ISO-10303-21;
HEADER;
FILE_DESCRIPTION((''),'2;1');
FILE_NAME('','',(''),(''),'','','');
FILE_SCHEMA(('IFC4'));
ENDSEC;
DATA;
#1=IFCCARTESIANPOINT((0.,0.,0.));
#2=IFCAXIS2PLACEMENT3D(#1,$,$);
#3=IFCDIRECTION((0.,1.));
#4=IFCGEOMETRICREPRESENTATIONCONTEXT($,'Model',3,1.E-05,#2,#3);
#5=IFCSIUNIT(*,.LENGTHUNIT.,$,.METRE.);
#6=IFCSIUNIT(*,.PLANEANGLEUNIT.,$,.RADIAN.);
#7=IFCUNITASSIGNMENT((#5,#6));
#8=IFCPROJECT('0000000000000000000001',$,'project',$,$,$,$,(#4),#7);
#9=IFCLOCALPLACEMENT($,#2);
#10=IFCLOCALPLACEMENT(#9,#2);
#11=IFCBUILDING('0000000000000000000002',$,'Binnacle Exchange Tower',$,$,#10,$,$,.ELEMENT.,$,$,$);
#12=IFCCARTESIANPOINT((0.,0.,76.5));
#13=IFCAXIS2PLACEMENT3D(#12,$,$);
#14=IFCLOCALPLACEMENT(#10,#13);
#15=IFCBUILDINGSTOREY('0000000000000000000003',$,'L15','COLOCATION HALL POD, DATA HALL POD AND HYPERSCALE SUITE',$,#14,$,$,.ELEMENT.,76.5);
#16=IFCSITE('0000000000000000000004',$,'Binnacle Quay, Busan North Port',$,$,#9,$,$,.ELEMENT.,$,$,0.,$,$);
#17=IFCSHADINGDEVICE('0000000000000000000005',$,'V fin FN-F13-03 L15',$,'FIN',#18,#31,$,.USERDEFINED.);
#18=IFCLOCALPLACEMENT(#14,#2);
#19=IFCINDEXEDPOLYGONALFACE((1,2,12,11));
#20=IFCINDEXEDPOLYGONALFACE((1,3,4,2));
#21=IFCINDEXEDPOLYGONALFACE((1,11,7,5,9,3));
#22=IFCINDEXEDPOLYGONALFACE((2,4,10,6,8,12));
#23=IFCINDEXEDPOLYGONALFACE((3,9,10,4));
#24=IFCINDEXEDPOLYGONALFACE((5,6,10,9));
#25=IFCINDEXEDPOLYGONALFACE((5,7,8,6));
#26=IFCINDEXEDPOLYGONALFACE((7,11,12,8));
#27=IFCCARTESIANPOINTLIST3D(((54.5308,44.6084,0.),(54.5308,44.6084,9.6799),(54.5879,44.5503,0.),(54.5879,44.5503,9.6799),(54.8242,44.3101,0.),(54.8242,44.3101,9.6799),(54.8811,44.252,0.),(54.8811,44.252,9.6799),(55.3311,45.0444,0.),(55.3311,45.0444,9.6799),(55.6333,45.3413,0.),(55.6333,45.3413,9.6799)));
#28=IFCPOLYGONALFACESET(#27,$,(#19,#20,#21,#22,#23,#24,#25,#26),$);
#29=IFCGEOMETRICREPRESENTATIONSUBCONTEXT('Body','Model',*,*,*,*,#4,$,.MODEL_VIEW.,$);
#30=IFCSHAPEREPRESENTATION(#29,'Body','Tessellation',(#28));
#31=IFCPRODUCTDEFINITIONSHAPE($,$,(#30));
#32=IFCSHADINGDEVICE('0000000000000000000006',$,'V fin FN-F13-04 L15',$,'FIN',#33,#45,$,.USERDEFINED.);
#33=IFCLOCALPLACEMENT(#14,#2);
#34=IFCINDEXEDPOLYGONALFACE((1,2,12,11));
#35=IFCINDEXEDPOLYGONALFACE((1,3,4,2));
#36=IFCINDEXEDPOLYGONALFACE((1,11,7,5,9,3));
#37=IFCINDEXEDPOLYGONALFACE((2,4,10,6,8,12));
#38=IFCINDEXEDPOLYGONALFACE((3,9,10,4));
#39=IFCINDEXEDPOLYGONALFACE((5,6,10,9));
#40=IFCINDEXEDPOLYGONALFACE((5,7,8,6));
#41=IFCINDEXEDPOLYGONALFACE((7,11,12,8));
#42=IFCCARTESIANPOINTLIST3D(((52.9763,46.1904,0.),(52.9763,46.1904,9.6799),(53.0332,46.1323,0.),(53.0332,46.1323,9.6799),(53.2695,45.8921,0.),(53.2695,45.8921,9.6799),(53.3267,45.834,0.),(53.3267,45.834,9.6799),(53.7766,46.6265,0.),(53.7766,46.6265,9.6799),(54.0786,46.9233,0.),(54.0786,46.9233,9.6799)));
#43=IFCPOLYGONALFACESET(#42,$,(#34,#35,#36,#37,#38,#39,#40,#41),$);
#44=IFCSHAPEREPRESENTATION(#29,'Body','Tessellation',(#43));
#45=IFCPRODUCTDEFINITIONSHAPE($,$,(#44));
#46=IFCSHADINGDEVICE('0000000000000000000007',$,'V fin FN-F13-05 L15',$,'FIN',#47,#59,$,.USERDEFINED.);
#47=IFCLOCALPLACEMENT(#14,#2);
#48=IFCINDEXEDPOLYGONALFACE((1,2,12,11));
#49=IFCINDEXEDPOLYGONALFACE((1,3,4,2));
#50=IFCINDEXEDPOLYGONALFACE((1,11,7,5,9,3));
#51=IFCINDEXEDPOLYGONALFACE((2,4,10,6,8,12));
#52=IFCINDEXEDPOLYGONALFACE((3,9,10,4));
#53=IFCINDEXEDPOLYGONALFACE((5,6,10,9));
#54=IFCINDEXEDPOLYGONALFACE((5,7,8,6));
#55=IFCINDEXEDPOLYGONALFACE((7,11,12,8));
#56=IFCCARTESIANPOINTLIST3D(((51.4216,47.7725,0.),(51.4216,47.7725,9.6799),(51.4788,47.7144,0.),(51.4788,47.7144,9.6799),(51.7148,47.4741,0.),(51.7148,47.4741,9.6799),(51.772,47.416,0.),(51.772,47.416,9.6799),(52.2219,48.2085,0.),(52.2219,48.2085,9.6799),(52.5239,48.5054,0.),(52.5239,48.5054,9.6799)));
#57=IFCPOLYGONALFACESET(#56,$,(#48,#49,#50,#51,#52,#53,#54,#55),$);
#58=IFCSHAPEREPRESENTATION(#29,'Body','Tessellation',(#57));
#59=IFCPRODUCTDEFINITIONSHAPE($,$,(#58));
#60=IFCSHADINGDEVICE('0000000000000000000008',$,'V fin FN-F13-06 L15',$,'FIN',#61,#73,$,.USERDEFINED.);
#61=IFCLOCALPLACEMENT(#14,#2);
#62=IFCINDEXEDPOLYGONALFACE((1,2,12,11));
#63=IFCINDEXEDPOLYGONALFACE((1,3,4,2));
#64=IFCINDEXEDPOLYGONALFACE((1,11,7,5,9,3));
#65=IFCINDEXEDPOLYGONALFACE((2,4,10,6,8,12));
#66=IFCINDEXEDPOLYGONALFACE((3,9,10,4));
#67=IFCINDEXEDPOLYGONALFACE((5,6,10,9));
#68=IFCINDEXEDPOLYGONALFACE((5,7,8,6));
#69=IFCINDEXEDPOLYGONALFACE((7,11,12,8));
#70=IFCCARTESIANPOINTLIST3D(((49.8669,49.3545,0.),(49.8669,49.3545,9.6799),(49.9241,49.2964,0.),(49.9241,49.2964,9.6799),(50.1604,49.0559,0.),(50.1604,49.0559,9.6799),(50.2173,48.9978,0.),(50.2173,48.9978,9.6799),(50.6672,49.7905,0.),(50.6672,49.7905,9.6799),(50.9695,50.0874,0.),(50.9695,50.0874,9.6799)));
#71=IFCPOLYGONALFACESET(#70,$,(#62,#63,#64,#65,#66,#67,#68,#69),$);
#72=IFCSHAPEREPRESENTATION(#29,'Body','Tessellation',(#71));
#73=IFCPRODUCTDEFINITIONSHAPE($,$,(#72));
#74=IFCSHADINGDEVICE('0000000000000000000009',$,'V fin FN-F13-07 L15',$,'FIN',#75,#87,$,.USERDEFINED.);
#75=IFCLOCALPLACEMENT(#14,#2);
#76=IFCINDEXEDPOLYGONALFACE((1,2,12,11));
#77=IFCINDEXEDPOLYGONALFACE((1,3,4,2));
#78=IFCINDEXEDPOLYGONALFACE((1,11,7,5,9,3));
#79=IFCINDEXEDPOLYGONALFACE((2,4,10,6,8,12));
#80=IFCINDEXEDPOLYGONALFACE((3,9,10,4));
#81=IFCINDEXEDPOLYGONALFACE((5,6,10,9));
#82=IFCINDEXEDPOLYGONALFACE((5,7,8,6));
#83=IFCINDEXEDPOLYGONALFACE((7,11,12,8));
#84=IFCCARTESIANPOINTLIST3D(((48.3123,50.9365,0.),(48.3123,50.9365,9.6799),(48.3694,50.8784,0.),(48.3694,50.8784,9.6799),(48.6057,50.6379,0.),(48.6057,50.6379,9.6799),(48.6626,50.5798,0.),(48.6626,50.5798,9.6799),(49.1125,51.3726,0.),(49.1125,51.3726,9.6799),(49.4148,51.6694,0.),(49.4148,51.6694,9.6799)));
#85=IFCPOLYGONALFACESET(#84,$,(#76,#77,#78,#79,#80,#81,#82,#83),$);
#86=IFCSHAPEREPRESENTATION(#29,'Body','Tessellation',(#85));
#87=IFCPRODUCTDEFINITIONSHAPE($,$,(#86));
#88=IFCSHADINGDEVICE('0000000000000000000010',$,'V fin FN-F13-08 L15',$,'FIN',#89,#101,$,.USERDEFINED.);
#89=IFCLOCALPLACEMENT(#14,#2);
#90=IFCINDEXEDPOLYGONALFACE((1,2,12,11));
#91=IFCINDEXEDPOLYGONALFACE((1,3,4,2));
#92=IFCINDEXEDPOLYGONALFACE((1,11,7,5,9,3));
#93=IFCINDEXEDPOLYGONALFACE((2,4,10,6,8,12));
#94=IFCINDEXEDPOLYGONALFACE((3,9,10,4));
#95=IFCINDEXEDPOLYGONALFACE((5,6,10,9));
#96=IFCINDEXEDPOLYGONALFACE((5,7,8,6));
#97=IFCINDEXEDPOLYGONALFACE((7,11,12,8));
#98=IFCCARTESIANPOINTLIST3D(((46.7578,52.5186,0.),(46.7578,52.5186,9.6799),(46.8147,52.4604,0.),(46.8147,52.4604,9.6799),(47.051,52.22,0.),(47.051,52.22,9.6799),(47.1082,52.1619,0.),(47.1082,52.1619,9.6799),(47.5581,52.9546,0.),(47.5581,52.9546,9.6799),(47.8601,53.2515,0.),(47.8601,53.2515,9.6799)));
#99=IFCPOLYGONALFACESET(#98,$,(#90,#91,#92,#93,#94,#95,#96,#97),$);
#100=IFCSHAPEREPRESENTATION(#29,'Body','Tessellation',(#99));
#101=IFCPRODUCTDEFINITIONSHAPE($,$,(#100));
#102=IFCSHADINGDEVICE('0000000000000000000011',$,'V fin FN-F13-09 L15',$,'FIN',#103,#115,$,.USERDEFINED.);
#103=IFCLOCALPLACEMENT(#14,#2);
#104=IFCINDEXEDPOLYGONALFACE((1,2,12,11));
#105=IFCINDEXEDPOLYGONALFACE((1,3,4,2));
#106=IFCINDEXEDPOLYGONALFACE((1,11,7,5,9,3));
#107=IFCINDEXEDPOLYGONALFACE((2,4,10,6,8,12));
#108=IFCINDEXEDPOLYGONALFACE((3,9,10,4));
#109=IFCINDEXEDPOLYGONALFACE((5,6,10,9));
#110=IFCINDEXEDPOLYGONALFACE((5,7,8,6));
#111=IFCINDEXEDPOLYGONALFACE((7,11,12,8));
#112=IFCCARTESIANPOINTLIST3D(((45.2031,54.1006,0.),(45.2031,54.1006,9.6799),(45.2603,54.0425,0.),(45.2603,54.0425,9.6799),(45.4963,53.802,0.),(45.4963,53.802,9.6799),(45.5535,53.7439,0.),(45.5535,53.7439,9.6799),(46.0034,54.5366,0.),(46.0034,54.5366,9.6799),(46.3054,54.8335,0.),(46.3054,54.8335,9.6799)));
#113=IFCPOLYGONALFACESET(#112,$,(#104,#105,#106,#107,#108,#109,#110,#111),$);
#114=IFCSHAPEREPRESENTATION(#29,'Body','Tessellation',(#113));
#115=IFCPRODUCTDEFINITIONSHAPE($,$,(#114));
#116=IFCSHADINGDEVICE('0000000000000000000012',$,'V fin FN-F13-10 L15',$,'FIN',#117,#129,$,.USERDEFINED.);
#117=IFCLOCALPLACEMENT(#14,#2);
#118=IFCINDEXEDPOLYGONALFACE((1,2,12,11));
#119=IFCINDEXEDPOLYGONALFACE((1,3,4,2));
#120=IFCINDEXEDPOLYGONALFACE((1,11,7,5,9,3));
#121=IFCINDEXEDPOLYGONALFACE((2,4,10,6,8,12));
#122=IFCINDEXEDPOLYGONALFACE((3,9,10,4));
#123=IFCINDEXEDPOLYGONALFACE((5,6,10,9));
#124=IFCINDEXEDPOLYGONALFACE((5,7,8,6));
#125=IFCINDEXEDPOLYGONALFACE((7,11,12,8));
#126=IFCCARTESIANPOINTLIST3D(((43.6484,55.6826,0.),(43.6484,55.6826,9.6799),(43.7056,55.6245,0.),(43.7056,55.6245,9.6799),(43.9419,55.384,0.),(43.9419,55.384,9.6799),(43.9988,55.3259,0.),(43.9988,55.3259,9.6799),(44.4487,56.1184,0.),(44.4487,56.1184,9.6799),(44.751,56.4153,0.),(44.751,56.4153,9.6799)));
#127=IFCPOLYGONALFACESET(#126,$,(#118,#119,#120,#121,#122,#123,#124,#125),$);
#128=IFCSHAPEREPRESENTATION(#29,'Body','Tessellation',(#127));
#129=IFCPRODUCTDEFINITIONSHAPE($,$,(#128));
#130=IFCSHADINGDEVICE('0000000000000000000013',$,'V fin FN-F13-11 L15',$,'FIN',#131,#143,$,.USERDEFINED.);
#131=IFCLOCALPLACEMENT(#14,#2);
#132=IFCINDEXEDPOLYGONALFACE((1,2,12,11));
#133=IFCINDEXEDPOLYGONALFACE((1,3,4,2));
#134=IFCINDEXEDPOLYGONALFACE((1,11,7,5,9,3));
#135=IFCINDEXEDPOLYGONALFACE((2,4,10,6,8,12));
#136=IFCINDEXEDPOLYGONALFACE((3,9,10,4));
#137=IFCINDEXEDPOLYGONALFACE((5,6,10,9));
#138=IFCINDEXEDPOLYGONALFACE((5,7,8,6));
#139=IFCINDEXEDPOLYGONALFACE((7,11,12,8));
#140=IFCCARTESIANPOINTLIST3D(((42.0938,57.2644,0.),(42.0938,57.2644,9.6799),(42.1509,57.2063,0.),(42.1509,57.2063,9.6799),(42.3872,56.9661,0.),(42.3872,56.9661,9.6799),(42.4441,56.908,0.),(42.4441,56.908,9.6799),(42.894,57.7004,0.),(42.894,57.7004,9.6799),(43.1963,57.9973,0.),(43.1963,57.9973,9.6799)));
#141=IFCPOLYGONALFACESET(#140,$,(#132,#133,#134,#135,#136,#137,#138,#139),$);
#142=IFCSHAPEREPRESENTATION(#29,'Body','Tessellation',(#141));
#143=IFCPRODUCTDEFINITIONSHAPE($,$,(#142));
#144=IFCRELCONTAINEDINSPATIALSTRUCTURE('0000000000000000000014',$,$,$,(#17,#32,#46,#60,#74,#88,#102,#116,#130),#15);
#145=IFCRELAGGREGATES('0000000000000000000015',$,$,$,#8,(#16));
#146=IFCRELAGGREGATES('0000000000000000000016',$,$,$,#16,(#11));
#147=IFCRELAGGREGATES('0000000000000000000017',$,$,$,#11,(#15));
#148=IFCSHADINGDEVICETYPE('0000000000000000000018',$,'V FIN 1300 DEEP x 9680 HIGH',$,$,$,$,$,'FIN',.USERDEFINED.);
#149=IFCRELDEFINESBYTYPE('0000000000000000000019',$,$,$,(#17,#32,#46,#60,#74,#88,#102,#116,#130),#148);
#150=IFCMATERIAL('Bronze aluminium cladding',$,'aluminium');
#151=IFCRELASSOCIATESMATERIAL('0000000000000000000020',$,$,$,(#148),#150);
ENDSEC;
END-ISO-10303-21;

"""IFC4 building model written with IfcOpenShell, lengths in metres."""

from ifc_helpers import new_model, si_unit, direction, frame, origin, place, context, subcontext, project, spatial, polyline, outline, extrude, material, type_object, element, save


model = new_model("IFC4")

# Units and contexts
model_context = context("Model", 3, precision=1e-05, world=origin(), true_north=direction((0.0, 1.0)))
body_context = subcontext(model_context, "Body", "Model", "MODEL_VIEW")
ifc_project = project(units=[si_unit("LENGTHUNIT", "METRE"), si_unit("PLANEANGLEUNIT", "RADIAN")], contexts=[model_context])

# Site, building, storey
site_placement = place(None, origin())
site = spatial("IfcSite", under=ifc_project, at=site_placement, Name="Binnacle Quay, Busan North Port", CompositionType="ELEMENT", RefElevation=0.0)
building_placement = place(site_placement, origin())
building = spatial("IfcBuilding", under=site, at=building_placement, Name="Binnacle Exchange Tower", CompositionType="ELEMENT")
storey_placement = place(building_placement, frame((0.0, 0.0, 76.5)))
storey = spatial("IfcBuildingStorey", under=building, at=storey_placement, Name="L15", Description="COLOCATION HALL POD, DATA HALL POD AND HYPERSCALE SUITE", CompositionType="ELEMENT", Elevation=76.5)

# Shading devices
ifc_material_1 = material(Name="Bronze aluminium cladding", Category="aluminium")
shading_device_type = type_object("IfcShadingDeviceType", Name="V FIN 1300 DEEP x 9680 HIGH", ElementType="FIN", PredefinedType="USERDEFINED", material=ifc_material_1)
shading_device_1_placement = place(storey_placement, origin())
element("IfcShadingDevice", 1, at=shading_device_1_placement, inside=storey, type_object=shading_device_type, Name="V fin FN-F13-03 L15", ObjectType="FIN", PredefinedType="USERDEFINED", context=body_context, shape_type="SweptSolid", body=[
    extrude(outline(polyline([(54.8811, 44.252), (55.6333, 45.3413), (54.5308, 44.6084), (54.5879, 44.5503), (55.3311, 45.0444), (54.8242, 44.3101), (54.8811, 44.252)])), origin(), (0.0, 0.0, 1.0), 9.6799),
])
shading_device_2_placement = place(storey_placement, origin())
element("IfcShadingDevice", 2, at=shading_device_2_placement, inside=storey, type_object=shading_device_type, Name="V fin FN-F13-04 L15", ObjectType="FIN", PredefinedType="USERDEFINED", context=body_context, shape_type="SweptSolid", body=[
    extrude(outline(polyline([(53.3267, 45.834), (54.0786, 46.9233), (52.9763, 46.1904), (53.0332, 46.1323), (53.7766, 46.6265), (53.2695, 45.8921), (53.3267, 45.834)])), origin(), (0.0, 0.0, 1.0), 9.6799),
])
shading_device_3_placement = place(storey_placement, origin())
element("IfcShadingDevice", 3, at=shading_device_3_placement, inside=storey, type_object=shading_device_type, Name="V fin FN-F13-05 L15", ObjectType="FIN", PredefinedType="USERDEFINED", context=body_context, shape_type="SweptSolid", body=[
    extrude(outline(polyline([(51.772, 47.416), (52.5239, 48.5054), (51.4216, 47.7725), (51.4788, 47.7144), (52.2219, 48.2085), (51.7148, 47.4741), (51.772, 47.416)])), origin(), (0.0, 0.0, 1.0), 9.6799),
])
shading_device_4_placement = place(storey_placement, origin())
element("IfcShadingDevice", 4, at=shading_device_4_placement, inside=storey, type_object=shading_device_type, Name="V fin FN-F13-06 L15", ObjectType="FIN", PredefinedType="USERDEFINED", context=body_context, shape_type="SweptSolid", body=[
    extrude(outline(polyline([(50.2173, 48.9978), (50.9695, 50.0874), (49.8669, 49.3545), (49.9241, 49.2964), (50.6672, 49.7905), (50.1604, 49.0559), (50.2173, 48.9978)])), origin(), (0.0, 0.0, 1.0), 9.6799),
])
shading_device_5_placement = place(storey_placement, origin())
element("IfcShadingDevice", 5, at=shading_device_5_placement, inside=storey, type_object=shading_device_type, Name="V fin FN-F13-07 L15", ObjectType="FIN", PredefinedType="USERDEFINED", context=body_context, shape_type="SweptSolid", body=[
    extrude(outline(polyline([(48.6626, 50.5798), (49.4148, 51.6694), (48.3123, 50.9365), (48.3694, 50.8784), (49.1125, 51.3726), (48.6057, 50.6379), (48.6626, 50.5798)])), origin(), (0.0, 0.0, 1.0), 9.6799),
])
shading_device_6_placement = place(storey_placement, origin())
element("IfcShadingDevice", 6, at=shading_device_6_placement, inside=storey, type_object=shading_device_type, Name="V fin FN-F13-08 L15", ObjectType="FIN", PredefinedType="USERDEFINED", context=body_context, shape_type="SweptSolid", body=[
    extrude(outline(polyline([(47.1082, 52.1619), (47.8601, 53.2515), (46.7578, 52.5186), (46.8147, 52.4604), (47.5581, 52.9546), (47.051, 52.22), (47.1082, 52.1619)])), origin(), (0.0, 0.0, 1.0), 9.6799),
])
shading_device_7_placement = place(storey_placement, origin())
element("IfcShadingDevice", 7, at=shading_device_7_placement, inside=storey, type_object=shading_device_type, Name="V fin FN-F13-09 L15", ObjectType="FIN", PredefinedType="USERDEFINED", context=body_context, shape_type="SweptSolid", body=[
    extrude(outline(polyline([(45.5535, 53.7439), (46.3054, 54.8335), (45.2031, 54.1006), (45.2603, 54.0425), (46.0034, 54.5366), (45.4963, 53.802), (45.5535, 53.7439)])), origin(), (0.0, 0.0, 1.0), 9.6799),
])
shading_device_8_placement = place(storey_placement, origin())
element("IfcShadingDevice", 8, at=shading_device_8_placement, inside=storey, type_object=shading_device_type, Name="V fin FN-F13-10 L15", ObjectType="FIN", PredefinedType="USERDEFINED", context=body_context, shape_type="SweptSolid", body=[
    extrude(outline(polyline([(43.9988, 55.3259), (44.751, 56.4153), (43.6484, 55.6826), (43.7056, 55.6245), (44.4487, 56.1184), (43.9419, 55.384), (43.9988, 55.3259)])), origin(), (0.0, 0.0, 1.0), 9.6799),
])
shading_device_9_placement = place(storey_placement, origin())
element("IfcShadingDevice", 9, at=shading_device_9_placement, inside=storey, type_object=shading_device_type, Name="V fin FN-F13-11 L15", ObjectType="FIN", PredefinedType="USERDEFINED", context=body_context, shape_type="SweptSolid", body=[
    extrude(outline(polyline([(42.4441, 56.908), (43.1963, 57.9973), (42.0938, 57.2644), (42.1509, 57.2063), (42.894, 57.7004), (42.3872, 56.9661), (42.4441, 56.908)])), origin(), (0.0, 0.0, 1.0), 9.6799),
])

save(model, "model.ifc")
